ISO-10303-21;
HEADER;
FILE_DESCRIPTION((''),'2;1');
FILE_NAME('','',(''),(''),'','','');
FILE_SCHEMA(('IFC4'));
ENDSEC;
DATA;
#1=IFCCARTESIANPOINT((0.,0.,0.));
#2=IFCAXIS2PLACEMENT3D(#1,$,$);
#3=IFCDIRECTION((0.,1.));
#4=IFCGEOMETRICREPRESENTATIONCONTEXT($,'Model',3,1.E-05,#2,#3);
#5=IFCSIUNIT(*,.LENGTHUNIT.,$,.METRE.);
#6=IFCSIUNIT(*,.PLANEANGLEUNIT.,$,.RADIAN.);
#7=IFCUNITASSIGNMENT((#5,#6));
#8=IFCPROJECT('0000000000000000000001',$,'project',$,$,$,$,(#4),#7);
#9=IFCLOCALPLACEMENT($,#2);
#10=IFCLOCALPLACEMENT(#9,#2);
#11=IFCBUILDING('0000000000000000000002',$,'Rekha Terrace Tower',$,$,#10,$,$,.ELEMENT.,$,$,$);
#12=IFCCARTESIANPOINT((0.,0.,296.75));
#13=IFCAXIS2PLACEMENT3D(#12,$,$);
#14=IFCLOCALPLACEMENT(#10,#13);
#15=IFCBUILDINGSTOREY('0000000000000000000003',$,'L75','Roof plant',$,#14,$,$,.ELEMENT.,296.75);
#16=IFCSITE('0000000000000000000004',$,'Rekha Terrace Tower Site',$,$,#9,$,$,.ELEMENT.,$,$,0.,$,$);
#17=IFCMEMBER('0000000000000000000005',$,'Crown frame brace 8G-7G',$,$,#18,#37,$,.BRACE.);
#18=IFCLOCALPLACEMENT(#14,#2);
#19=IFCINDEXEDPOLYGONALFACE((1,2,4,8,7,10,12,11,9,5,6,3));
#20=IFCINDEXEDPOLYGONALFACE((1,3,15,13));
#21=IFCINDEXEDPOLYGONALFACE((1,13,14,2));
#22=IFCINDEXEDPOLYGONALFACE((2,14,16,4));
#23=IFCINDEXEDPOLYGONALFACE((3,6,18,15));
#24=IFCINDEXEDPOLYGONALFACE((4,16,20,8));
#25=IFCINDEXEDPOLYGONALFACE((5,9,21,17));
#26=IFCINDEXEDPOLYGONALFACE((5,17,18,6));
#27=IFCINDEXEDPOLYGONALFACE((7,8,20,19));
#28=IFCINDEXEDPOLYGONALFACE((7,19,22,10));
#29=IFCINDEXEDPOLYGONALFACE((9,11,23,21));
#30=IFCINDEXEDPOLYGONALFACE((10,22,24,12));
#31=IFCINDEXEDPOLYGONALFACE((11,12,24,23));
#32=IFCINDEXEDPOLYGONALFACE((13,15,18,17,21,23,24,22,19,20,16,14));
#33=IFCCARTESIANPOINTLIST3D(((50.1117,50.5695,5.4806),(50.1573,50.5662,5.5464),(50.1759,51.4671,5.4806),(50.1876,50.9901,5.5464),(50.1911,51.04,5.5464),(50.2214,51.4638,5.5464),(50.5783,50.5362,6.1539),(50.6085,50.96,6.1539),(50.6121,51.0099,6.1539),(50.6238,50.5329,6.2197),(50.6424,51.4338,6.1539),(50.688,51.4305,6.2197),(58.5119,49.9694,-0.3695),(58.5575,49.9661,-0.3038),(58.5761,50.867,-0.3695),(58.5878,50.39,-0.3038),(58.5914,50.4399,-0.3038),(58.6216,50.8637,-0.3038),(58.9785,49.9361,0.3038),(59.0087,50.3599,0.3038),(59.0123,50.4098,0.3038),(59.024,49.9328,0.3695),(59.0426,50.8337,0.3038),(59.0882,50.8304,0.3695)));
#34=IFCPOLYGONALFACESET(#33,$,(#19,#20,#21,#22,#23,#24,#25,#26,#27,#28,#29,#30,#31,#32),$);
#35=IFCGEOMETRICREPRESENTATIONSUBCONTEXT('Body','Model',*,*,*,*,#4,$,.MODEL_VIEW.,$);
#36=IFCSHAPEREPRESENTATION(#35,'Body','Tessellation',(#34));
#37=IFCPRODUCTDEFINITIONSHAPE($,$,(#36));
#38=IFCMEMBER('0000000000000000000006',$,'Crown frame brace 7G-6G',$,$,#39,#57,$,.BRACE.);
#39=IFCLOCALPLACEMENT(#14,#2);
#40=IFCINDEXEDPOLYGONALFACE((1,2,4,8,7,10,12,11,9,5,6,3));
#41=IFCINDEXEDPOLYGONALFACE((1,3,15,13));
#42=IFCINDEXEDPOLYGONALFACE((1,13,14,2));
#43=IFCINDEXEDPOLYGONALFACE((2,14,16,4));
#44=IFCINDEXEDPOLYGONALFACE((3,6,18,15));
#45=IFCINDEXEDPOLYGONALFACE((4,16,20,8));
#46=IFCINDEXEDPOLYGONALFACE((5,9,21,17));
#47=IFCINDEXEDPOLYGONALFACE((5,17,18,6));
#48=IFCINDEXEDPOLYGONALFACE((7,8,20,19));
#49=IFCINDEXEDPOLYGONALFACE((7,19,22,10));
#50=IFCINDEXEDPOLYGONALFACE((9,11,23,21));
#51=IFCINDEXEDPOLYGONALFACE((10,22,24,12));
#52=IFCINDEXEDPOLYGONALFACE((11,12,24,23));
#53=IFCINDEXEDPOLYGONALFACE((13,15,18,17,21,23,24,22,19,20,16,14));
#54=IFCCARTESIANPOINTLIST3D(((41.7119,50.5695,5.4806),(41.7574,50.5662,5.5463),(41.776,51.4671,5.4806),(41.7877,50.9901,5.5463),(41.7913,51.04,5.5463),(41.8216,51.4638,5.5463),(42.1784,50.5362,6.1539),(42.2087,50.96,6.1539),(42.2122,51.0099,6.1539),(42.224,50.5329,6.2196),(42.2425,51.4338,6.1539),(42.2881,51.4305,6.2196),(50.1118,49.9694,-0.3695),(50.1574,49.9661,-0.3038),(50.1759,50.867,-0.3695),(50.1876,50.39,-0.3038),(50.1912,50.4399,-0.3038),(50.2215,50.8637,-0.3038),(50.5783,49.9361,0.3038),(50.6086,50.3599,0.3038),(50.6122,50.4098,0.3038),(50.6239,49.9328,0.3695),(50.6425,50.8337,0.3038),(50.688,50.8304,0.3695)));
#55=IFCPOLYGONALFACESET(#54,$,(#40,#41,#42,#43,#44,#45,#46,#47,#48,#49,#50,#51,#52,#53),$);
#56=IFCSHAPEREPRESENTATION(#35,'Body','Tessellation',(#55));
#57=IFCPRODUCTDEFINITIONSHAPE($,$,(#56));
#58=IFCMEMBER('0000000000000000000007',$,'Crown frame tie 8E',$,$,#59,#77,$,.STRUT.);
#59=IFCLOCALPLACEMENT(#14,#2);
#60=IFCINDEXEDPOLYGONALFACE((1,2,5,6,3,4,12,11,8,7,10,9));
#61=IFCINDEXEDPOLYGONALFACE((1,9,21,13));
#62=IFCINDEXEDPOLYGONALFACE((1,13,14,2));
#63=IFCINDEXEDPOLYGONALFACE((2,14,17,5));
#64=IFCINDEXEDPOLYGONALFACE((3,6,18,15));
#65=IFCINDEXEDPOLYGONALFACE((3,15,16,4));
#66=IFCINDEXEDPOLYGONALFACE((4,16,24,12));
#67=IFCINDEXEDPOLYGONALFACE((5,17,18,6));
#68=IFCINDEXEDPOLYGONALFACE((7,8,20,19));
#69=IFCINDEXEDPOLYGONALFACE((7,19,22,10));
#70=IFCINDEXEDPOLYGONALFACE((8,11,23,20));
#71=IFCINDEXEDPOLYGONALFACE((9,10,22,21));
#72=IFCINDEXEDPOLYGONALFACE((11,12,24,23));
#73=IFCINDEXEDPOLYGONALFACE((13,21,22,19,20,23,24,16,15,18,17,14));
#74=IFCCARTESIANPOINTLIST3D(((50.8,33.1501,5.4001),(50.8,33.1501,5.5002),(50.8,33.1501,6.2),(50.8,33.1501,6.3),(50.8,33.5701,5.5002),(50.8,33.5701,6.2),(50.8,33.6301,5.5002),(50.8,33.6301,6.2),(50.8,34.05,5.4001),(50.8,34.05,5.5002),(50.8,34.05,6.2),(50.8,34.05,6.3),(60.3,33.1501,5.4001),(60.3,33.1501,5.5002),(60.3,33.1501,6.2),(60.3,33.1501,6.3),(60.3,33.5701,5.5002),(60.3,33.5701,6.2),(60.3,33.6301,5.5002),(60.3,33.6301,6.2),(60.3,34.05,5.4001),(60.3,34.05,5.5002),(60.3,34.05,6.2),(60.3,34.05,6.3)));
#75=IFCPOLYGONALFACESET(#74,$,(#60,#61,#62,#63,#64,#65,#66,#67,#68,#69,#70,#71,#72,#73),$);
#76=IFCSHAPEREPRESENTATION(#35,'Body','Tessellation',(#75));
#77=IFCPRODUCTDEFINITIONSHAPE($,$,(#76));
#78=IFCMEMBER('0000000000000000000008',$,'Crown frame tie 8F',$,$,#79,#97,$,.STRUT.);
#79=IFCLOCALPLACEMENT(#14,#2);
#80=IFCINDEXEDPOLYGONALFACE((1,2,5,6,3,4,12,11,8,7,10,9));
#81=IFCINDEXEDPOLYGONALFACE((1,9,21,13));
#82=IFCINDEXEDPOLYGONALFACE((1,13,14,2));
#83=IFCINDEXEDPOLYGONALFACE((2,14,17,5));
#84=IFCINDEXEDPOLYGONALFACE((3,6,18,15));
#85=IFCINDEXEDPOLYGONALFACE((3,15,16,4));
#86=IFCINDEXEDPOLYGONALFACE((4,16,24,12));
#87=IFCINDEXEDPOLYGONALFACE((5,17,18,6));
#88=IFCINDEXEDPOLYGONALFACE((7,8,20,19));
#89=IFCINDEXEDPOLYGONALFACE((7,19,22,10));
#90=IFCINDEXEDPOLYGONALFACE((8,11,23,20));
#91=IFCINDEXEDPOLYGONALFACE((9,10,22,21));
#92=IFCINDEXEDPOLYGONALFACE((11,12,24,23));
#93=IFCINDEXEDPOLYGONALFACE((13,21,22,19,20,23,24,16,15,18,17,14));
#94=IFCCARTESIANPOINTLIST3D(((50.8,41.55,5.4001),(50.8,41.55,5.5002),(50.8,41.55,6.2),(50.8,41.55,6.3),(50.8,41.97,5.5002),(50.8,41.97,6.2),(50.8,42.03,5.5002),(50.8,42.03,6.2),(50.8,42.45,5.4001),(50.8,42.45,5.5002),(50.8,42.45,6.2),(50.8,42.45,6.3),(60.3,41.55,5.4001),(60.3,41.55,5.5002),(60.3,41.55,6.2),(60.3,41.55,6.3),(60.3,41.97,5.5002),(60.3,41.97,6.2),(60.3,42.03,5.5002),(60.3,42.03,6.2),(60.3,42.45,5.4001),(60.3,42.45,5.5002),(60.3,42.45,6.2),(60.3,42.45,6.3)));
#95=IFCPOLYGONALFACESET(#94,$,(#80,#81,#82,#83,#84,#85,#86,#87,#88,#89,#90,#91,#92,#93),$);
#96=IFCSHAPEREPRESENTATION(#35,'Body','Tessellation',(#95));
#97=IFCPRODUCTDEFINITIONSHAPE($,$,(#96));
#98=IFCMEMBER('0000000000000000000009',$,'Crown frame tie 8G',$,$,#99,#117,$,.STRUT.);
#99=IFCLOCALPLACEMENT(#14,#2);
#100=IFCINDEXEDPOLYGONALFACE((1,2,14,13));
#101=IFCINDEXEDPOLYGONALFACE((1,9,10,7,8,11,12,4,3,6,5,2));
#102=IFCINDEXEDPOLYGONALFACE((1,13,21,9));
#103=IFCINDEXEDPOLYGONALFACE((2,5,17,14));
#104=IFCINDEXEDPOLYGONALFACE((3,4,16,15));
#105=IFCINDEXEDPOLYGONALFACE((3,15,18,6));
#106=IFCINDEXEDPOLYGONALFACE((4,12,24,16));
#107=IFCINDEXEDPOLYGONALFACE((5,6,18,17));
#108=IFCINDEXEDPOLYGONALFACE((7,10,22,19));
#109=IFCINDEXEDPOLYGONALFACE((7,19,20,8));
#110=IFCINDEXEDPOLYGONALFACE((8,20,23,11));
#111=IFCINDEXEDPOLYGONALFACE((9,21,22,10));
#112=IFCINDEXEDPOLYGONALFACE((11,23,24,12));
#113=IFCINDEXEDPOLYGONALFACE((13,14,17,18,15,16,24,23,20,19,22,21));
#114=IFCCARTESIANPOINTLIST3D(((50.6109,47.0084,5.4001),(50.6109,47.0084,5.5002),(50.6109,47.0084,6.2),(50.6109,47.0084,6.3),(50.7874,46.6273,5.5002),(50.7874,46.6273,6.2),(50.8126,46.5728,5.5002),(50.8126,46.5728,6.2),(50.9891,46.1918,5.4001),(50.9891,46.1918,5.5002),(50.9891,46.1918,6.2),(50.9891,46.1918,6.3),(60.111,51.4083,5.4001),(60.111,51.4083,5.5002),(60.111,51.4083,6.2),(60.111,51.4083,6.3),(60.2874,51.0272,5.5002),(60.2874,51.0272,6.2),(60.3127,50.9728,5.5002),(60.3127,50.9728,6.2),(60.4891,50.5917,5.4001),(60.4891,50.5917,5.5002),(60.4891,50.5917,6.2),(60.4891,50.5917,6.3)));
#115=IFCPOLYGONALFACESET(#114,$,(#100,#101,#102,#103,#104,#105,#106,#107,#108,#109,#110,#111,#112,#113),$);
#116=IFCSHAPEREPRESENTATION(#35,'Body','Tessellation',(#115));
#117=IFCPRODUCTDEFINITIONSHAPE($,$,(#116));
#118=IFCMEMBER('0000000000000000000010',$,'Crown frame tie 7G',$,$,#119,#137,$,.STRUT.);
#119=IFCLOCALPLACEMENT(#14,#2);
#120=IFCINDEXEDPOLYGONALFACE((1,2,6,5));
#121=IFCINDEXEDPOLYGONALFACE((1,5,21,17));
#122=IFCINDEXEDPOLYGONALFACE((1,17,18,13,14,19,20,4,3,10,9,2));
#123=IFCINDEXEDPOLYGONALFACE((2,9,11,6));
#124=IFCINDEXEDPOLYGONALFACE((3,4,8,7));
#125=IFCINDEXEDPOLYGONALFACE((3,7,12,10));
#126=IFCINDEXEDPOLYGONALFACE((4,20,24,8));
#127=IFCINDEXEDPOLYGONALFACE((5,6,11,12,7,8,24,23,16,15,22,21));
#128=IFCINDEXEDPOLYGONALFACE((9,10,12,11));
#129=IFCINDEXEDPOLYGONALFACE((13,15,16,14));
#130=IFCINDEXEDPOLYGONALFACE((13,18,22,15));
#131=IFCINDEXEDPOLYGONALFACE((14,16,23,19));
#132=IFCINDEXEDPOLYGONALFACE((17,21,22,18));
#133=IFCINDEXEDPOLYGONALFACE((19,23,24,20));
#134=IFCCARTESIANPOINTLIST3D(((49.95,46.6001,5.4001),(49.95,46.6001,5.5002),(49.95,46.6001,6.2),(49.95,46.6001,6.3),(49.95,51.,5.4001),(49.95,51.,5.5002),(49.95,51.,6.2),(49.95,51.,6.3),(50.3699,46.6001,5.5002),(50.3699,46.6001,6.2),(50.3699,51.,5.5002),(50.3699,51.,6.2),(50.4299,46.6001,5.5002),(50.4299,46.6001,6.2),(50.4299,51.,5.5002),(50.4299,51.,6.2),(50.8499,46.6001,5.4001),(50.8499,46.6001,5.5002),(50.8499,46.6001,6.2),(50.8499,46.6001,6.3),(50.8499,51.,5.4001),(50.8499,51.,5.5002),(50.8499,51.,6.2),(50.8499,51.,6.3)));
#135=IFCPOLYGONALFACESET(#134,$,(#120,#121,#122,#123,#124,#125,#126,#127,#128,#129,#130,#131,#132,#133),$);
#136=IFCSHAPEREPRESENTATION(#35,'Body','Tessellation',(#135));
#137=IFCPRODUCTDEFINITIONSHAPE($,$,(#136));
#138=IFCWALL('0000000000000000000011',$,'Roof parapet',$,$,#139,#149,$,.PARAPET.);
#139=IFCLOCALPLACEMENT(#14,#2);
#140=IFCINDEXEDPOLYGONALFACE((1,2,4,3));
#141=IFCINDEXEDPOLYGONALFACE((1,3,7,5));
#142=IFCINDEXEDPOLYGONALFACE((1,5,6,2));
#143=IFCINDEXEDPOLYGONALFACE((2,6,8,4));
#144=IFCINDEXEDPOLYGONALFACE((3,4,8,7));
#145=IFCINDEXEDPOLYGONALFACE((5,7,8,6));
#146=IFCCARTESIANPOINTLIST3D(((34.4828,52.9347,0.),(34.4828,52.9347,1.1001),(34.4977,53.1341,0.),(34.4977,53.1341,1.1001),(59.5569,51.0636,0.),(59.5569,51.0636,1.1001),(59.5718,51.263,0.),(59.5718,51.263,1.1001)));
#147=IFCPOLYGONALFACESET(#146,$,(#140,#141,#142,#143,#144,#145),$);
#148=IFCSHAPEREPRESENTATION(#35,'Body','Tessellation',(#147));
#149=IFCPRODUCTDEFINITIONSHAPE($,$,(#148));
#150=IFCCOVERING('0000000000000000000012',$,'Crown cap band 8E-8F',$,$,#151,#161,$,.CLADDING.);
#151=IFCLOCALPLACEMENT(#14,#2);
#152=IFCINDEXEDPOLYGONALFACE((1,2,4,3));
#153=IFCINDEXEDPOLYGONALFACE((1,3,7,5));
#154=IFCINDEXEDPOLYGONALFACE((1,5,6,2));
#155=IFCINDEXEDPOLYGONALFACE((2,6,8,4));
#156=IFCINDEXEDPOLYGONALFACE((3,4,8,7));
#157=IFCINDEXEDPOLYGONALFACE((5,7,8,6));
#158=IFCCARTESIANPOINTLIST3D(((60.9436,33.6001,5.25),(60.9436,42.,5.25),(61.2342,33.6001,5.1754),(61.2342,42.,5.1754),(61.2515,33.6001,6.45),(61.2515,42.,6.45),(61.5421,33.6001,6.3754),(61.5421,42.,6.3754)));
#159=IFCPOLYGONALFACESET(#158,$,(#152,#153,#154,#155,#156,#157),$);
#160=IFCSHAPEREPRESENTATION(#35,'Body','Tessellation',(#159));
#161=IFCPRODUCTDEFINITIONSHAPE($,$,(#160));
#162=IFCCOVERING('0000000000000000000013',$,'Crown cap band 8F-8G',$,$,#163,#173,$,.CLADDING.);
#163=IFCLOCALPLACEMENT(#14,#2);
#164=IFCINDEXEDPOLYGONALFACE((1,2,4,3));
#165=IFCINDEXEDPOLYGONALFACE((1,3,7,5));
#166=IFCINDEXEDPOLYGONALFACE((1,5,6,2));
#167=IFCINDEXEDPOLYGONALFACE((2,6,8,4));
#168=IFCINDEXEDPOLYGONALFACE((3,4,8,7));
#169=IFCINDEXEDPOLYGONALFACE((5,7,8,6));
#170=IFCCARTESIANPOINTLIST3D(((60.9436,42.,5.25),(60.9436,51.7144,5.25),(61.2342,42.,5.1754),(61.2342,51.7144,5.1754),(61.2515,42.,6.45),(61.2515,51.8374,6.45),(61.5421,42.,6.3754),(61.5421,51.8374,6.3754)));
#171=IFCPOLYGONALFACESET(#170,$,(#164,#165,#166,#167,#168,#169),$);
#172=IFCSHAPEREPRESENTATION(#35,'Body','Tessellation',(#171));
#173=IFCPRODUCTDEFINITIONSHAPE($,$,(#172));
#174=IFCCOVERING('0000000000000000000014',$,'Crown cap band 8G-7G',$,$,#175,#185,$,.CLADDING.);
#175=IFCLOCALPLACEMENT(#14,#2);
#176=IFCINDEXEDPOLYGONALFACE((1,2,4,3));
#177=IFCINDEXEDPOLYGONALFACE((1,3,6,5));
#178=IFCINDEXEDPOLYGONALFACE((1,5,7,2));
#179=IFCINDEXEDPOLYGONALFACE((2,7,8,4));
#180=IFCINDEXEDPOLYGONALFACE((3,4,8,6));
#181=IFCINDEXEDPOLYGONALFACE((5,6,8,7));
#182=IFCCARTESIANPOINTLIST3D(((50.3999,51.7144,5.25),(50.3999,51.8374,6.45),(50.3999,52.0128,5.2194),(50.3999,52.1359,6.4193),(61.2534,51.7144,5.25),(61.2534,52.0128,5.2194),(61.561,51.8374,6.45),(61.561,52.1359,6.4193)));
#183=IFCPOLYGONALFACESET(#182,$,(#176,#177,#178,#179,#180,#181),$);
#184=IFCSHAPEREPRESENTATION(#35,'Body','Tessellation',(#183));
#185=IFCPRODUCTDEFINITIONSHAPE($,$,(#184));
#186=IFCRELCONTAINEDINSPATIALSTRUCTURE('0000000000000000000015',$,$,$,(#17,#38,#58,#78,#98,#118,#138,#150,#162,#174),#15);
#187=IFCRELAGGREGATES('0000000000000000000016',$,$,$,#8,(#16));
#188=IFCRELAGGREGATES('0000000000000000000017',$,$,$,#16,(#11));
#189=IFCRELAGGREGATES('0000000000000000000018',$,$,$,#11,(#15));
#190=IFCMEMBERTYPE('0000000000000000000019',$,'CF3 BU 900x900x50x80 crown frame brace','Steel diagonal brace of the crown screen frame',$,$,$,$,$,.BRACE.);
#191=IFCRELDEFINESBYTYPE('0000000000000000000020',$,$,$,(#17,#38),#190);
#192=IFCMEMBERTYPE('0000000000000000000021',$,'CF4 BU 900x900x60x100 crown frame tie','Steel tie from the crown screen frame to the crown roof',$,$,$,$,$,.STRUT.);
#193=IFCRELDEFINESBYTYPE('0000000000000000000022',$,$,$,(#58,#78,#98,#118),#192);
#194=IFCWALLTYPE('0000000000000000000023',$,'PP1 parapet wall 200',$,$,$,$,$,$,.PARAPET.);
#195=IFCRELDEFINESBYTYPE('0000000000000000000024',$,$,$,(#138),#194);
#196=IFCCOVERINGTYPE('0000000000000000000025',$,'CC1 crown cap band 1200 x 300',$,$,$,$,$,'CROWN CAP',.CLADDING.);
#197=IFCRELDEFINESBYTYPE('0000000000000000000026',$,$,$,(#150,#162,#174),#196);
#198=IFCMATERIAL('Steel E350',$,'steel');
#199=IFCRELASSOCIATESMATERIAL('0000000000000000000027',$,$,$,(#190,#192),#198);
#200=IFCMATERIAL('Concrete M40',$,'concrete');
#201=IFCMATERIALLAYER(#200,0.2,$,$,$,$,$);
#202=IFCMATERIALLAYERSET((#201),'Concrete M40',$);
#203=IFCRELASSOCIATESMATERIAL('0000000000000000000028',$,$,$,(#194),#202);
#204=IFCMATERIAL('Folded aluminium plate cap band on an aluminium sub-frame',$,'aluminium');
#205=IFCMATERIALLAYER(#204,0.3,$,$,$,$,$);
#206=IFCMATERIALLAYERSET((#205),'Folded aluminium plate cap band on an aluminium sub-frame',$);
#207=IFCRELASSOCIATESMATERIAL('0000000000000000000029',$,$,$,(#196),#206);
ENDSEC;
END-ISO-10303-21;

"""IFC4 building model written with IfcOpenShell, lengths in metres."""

from ifc_helpers import new_model, si_unit, direction, frame, frame_2d, origin, origin_2d, place, context, subcontext, project, spatial, polyline, rectangle, i_section, outline, extrude, material, layer, layer_set, material_profile, profile_set, type_object, element, save


model = new_model("IFC4")

# Units and contexts
model_context = context("Model", 3, precision=1e-05, world=origin(), true_north=direction((0.0, 1.0)))
body_context = subcontext(model_context, "Body", "Model", "MODEL_VIEW")
ifc_project = project(units=[si_unit("LENGTHUNIT", "METRE"), si_unit("PLANEANGLEUNIT", "RADIAN")], contexts=[model_context])

# Site, building, storey
site_placement = place(None, origin())
site = spatial("IfcSite", under=ifc_project, at=site_placement, Name="Rekha Terrace Tower Site", CompositionType="ELEMENT", RefElevation=0.0)
building_placement = place(site_placement, origin())
building = spatial("IfcBuilding", under=site, at=building_placement, Name="Rekha Terrace Tower", CompositionType="ELEMENT")
storey_placement = place(building_placement, frame((0.0, 0.0, 296.75)))
storey = spatial("IfcBuildingStorey", under=building, at=storey_placement, Name="L75", Description="Roof plant", CompositionType="ELEMENT", Elevation=296.75)

# Members
ifc_material_1 = material(Name="Steel E350", Category="steel")
ifc_material_profile_1 = material_profile(ifc_material_1, i_section(OverallWidth=0.8999, OverallDepth=0.8999, WebThickness=0.05, FlangeThickness=0.0801, at=origin_2d()), Name="BU 900x900x50x80")
ifc_profile_set_1 = profile_set([ifc_material_profile_1], Name="Steel E350")
member_type_1 = type_object("IfcMemberType", Name="CF3 BU 900x900x50x80 crown frame brace", Description="Steel diagonal brace of the crown screen frame", PredefinedType="BRACE", material=ifc_profile_set_1)
member_1_placement = place(storey_placement, frame((58.8, 50.3999, 0.0), z_axis=(-0.8192, 0.058523, 0.570514), x_axis=(-0.071257, -0.997458, 0.0)))
element("IfcMember", 1, at=member_1_placement, inside=storey, type_object=member_type_1, Name="Crown frame brace 8G-7G", PredefinedType="BRACE", context=body_context, shape_type="SweptSolid", body=[
    extrude(i_section(OverallWidth=0.8999, OverallDepth=0.8999, WebThickness=0.05, FlangeThickness=0.0801, at=origin_2d()), origin(), (0.0, 0.0, 1.0), 10.2542),
])
member_2_placement = place(storey_placement, frame((50.3999, 50.3999, 0.0), z_axis=(-0.819192, 0.058524, 0.570525), x_axis=(-0.071259, -0.997458, 0.0)))
element("IfcMember", 2, at=member_2_placement, inside=storey, type_object=member_type_1, Name="Crown frame brace 7G-6G", PredefinedType="BRACE", context=body_context, shape_type="SweptSolid", body=[
    extrude(i_section(OverallWidth=0.8999, OverallDepth=0.8999, WebThickness=0.05, FlangeThickness=0.0801, at=origin_2d()), origin(), (0.0, 0.0, 1.0), 10.2539),
])
ifc_material_profile_2 = material_profile(ifc_material_1, i_section(OverallWidth=0.8999, OverallDepth=0.8999, WebThickness=0.0601, FlangeThickness=0.1001, at=origin_2d()), Name="BU 900x900x60x100")
ifc_profile_set_2 = profile_set([ifc_material_profile_2], Name="Steel E350")
member_type_2 = type_object("IfcMemberType", Name="CF4 BU 900x900x60x100 crown frame tie", Description="Steel tie from the crown screen frame to the crown roof", PredefinedType="STRUT", material=ifc_profile_set_2)
for number, where, z_axis, x_axis, name in (
    (3, (60.3, 33.6001, 5.8501), (-1.0, 0.0, 0.0), (0.0, -1.0, 0.0), "Crown frame tie 8E"),
    (4, (60.3, 42.0, 5.8501), (-1.0, 0.0, 0.0), (0.0, -1.0, 0.0), "Crown frame tie 8F"),
):
    element("IfcMember", number, at=place(storey_placement, frame(where, z_axis=z_axis, x_axis=x_axis)), inside=storey, type_object=member_type_2, Name=name, PredefinedType="STRUT", context=body_context, shape_type="SweptSolid", body=[
        extrude(i_section(OverallWidth=0.8999, OverallDepth=0.8999, WebThickness=0.0601, FlangeThickness=0.1001, at=origin_2d()), origin(), (0.0, 0.0, 1.0), 9.5),
    ])
member_3_placement = place(storey_placement, frame((60.3, 51.0, 5.8501), z_axis=(-0.907403, -0.420262, 0.0), x_axis=(0.420262, -0.907403, 0.0)))
element("IfcMember", 5, at=member_3_placement, inside=storey, type_object=member_type_2, Name="Crown frame tie 8G", PredefinedType="STRUT", context=body_context, shape_type="SweptSolid", body=[
    extrude(i_section(OverallWidth=0.8999, OverallDepth=0.8999, WebThickness=0.0601, FlangeThickness=0.1001, at=origin_2d()), origin(), (0.0, 0.0, 1.0), 10.4695),
])
member_4_placement = place(storey_placement, frame((50.3999, 51.0, 5.8501), z_axis=(0.0, -1.0, 0.0), x_axis=(1.0, 0.0, 0.0)))
element("IfcMember", 6, at=member_4_placement, inside=storey, type_object=member_type_2, Name="Crown frame tie 7G", PredefinedType="STRUT", context=body_context, shape_type="SweptSolid", body=[
    extrude(i_section(OverallWidth=0.8999, OverallDepth=0.8999, WebThickness=0.0601, FlangeThickness=0.1001, at=origin_2d()), origin(), (0.0, 0.0, 1.0), 4.3999),
])

# Wall
ifc_material_2 = material(Name="Concrete M40", Category="concrete")
ifc_layer_1 = layer(ifc_material_2, 0.2)
ifc_layer_set_1 = layer_set([ifc_layer_1], Name="Concrete M40")
wall_type = type_object("IfcWallType", Name="PP1 parapet wall 200", PredefinedType="PARAPET", material=ifc_layer_set_1)
wall_placement = place(storey_placement, frame((59.5642, 51.1633, 0.0), z_axis=(0.0, 0.0, 1.0), x_axis=(-0.997227, 0.074416, 0.0)))
element("IfcWall", 7, at=wall_placement, inside=storey, type_object=wall_type, Name="Roof parapet", PredefinedType="PARAPET", context=body_context, shape_type="SweptSolid", body=[
    extrude(rectangle(XDim=25.1438, YDim=0.2, at=frame_2d((12.5718, 0.0))), origin(), (0.0, 0.0, 1.0), 1.1001),
])

# Coverings
ifc_material_3 = material(Name="Folded aluminium plate cap band on an aluminium sub-frame", Category="aluminium")
ifc_layer_2 = layer(ifc_material_3, 0.3)
ifc_layer_set_2 = layer_set([ifc_layer_2], Name="Folded aluminium plate cap band on an aluminium sub-frame")
covering_type_1 = type_object("IfcCoveringType", Name="CC1 crown cap band 1200 x 300", ElementType="CROWN CAP", PredefinedType="CLADDING", material=ifc_layer_set_2)
covering_1_placement = place(storey_placement, frame((60.9436, 33.6001, 5.25), z_axis=(-0.968629, 0.0, 0.248513), x_axis=(0.0, 1.0, 0.0)))
element("IfcCovering", 8, at=covering_1_placement, inside=storey, type_object=covering_type_1, Name="Crown cap band 8E-8F", PredefinedType="CLADDING", context=body_context, shape_type="SweptSolid", body=[
    extrude(outline(polyline([(0.0, 0.0), (8.3999, 0.0), (8.3999, -1.2388), (0.0, -1.2388), (0.0, 0.0)])), origin(), (0.0, 0.0, -1.0), 0.3),
])
covering_2_placement = place(storey_placement, frame((60.9436, 42.0, 5.25), z_axis=(-0.968629, 0.0, 0.248513), x_axis=(0.0, 1.0, 0.0)))
element("IfcCovering", 9, at=covering_2_placement, inside=storey, type_object=covering_type_1, Name="Crown cap band 8F-8G", PredefinedType="CLADDING", context=body_context, shape_type="SweptSolid", body=[
    extrude(outline(polyline([(0.0, 0.0), (9.7144, 0.0), (9.8374, -1.2388), (0.0, -1.2388), (0.0, 0.0)])), origin(), (0.0, 0.0, -1.0), 0.3),
])
covering_3_placement = place(storey_placement, frame((61.2534, 51.7144, 5.25), z_axis=(0.0, -0.994784, 0.102008), x_axis=(-1.0, 0.0, 0.0)))
element("IfcCovering", 10, at=covering_3_placement, inside=storey, type_object=covering_type_1, Name="Crown cap band 8G-7G", PredefinedType="CLADDING", context=body_context, shape_type="SweptSolid", body=[
    extrude(outline(polyline([(0.0, 0.0), (10.8535, 0.0), (10.8535, -1.2062), (-0.3076, -1.2062), (0.0, 0.0)])), origin(), (0.0, 0.0, -1.0), 0.3),
])

save(model, "model.ifc")
